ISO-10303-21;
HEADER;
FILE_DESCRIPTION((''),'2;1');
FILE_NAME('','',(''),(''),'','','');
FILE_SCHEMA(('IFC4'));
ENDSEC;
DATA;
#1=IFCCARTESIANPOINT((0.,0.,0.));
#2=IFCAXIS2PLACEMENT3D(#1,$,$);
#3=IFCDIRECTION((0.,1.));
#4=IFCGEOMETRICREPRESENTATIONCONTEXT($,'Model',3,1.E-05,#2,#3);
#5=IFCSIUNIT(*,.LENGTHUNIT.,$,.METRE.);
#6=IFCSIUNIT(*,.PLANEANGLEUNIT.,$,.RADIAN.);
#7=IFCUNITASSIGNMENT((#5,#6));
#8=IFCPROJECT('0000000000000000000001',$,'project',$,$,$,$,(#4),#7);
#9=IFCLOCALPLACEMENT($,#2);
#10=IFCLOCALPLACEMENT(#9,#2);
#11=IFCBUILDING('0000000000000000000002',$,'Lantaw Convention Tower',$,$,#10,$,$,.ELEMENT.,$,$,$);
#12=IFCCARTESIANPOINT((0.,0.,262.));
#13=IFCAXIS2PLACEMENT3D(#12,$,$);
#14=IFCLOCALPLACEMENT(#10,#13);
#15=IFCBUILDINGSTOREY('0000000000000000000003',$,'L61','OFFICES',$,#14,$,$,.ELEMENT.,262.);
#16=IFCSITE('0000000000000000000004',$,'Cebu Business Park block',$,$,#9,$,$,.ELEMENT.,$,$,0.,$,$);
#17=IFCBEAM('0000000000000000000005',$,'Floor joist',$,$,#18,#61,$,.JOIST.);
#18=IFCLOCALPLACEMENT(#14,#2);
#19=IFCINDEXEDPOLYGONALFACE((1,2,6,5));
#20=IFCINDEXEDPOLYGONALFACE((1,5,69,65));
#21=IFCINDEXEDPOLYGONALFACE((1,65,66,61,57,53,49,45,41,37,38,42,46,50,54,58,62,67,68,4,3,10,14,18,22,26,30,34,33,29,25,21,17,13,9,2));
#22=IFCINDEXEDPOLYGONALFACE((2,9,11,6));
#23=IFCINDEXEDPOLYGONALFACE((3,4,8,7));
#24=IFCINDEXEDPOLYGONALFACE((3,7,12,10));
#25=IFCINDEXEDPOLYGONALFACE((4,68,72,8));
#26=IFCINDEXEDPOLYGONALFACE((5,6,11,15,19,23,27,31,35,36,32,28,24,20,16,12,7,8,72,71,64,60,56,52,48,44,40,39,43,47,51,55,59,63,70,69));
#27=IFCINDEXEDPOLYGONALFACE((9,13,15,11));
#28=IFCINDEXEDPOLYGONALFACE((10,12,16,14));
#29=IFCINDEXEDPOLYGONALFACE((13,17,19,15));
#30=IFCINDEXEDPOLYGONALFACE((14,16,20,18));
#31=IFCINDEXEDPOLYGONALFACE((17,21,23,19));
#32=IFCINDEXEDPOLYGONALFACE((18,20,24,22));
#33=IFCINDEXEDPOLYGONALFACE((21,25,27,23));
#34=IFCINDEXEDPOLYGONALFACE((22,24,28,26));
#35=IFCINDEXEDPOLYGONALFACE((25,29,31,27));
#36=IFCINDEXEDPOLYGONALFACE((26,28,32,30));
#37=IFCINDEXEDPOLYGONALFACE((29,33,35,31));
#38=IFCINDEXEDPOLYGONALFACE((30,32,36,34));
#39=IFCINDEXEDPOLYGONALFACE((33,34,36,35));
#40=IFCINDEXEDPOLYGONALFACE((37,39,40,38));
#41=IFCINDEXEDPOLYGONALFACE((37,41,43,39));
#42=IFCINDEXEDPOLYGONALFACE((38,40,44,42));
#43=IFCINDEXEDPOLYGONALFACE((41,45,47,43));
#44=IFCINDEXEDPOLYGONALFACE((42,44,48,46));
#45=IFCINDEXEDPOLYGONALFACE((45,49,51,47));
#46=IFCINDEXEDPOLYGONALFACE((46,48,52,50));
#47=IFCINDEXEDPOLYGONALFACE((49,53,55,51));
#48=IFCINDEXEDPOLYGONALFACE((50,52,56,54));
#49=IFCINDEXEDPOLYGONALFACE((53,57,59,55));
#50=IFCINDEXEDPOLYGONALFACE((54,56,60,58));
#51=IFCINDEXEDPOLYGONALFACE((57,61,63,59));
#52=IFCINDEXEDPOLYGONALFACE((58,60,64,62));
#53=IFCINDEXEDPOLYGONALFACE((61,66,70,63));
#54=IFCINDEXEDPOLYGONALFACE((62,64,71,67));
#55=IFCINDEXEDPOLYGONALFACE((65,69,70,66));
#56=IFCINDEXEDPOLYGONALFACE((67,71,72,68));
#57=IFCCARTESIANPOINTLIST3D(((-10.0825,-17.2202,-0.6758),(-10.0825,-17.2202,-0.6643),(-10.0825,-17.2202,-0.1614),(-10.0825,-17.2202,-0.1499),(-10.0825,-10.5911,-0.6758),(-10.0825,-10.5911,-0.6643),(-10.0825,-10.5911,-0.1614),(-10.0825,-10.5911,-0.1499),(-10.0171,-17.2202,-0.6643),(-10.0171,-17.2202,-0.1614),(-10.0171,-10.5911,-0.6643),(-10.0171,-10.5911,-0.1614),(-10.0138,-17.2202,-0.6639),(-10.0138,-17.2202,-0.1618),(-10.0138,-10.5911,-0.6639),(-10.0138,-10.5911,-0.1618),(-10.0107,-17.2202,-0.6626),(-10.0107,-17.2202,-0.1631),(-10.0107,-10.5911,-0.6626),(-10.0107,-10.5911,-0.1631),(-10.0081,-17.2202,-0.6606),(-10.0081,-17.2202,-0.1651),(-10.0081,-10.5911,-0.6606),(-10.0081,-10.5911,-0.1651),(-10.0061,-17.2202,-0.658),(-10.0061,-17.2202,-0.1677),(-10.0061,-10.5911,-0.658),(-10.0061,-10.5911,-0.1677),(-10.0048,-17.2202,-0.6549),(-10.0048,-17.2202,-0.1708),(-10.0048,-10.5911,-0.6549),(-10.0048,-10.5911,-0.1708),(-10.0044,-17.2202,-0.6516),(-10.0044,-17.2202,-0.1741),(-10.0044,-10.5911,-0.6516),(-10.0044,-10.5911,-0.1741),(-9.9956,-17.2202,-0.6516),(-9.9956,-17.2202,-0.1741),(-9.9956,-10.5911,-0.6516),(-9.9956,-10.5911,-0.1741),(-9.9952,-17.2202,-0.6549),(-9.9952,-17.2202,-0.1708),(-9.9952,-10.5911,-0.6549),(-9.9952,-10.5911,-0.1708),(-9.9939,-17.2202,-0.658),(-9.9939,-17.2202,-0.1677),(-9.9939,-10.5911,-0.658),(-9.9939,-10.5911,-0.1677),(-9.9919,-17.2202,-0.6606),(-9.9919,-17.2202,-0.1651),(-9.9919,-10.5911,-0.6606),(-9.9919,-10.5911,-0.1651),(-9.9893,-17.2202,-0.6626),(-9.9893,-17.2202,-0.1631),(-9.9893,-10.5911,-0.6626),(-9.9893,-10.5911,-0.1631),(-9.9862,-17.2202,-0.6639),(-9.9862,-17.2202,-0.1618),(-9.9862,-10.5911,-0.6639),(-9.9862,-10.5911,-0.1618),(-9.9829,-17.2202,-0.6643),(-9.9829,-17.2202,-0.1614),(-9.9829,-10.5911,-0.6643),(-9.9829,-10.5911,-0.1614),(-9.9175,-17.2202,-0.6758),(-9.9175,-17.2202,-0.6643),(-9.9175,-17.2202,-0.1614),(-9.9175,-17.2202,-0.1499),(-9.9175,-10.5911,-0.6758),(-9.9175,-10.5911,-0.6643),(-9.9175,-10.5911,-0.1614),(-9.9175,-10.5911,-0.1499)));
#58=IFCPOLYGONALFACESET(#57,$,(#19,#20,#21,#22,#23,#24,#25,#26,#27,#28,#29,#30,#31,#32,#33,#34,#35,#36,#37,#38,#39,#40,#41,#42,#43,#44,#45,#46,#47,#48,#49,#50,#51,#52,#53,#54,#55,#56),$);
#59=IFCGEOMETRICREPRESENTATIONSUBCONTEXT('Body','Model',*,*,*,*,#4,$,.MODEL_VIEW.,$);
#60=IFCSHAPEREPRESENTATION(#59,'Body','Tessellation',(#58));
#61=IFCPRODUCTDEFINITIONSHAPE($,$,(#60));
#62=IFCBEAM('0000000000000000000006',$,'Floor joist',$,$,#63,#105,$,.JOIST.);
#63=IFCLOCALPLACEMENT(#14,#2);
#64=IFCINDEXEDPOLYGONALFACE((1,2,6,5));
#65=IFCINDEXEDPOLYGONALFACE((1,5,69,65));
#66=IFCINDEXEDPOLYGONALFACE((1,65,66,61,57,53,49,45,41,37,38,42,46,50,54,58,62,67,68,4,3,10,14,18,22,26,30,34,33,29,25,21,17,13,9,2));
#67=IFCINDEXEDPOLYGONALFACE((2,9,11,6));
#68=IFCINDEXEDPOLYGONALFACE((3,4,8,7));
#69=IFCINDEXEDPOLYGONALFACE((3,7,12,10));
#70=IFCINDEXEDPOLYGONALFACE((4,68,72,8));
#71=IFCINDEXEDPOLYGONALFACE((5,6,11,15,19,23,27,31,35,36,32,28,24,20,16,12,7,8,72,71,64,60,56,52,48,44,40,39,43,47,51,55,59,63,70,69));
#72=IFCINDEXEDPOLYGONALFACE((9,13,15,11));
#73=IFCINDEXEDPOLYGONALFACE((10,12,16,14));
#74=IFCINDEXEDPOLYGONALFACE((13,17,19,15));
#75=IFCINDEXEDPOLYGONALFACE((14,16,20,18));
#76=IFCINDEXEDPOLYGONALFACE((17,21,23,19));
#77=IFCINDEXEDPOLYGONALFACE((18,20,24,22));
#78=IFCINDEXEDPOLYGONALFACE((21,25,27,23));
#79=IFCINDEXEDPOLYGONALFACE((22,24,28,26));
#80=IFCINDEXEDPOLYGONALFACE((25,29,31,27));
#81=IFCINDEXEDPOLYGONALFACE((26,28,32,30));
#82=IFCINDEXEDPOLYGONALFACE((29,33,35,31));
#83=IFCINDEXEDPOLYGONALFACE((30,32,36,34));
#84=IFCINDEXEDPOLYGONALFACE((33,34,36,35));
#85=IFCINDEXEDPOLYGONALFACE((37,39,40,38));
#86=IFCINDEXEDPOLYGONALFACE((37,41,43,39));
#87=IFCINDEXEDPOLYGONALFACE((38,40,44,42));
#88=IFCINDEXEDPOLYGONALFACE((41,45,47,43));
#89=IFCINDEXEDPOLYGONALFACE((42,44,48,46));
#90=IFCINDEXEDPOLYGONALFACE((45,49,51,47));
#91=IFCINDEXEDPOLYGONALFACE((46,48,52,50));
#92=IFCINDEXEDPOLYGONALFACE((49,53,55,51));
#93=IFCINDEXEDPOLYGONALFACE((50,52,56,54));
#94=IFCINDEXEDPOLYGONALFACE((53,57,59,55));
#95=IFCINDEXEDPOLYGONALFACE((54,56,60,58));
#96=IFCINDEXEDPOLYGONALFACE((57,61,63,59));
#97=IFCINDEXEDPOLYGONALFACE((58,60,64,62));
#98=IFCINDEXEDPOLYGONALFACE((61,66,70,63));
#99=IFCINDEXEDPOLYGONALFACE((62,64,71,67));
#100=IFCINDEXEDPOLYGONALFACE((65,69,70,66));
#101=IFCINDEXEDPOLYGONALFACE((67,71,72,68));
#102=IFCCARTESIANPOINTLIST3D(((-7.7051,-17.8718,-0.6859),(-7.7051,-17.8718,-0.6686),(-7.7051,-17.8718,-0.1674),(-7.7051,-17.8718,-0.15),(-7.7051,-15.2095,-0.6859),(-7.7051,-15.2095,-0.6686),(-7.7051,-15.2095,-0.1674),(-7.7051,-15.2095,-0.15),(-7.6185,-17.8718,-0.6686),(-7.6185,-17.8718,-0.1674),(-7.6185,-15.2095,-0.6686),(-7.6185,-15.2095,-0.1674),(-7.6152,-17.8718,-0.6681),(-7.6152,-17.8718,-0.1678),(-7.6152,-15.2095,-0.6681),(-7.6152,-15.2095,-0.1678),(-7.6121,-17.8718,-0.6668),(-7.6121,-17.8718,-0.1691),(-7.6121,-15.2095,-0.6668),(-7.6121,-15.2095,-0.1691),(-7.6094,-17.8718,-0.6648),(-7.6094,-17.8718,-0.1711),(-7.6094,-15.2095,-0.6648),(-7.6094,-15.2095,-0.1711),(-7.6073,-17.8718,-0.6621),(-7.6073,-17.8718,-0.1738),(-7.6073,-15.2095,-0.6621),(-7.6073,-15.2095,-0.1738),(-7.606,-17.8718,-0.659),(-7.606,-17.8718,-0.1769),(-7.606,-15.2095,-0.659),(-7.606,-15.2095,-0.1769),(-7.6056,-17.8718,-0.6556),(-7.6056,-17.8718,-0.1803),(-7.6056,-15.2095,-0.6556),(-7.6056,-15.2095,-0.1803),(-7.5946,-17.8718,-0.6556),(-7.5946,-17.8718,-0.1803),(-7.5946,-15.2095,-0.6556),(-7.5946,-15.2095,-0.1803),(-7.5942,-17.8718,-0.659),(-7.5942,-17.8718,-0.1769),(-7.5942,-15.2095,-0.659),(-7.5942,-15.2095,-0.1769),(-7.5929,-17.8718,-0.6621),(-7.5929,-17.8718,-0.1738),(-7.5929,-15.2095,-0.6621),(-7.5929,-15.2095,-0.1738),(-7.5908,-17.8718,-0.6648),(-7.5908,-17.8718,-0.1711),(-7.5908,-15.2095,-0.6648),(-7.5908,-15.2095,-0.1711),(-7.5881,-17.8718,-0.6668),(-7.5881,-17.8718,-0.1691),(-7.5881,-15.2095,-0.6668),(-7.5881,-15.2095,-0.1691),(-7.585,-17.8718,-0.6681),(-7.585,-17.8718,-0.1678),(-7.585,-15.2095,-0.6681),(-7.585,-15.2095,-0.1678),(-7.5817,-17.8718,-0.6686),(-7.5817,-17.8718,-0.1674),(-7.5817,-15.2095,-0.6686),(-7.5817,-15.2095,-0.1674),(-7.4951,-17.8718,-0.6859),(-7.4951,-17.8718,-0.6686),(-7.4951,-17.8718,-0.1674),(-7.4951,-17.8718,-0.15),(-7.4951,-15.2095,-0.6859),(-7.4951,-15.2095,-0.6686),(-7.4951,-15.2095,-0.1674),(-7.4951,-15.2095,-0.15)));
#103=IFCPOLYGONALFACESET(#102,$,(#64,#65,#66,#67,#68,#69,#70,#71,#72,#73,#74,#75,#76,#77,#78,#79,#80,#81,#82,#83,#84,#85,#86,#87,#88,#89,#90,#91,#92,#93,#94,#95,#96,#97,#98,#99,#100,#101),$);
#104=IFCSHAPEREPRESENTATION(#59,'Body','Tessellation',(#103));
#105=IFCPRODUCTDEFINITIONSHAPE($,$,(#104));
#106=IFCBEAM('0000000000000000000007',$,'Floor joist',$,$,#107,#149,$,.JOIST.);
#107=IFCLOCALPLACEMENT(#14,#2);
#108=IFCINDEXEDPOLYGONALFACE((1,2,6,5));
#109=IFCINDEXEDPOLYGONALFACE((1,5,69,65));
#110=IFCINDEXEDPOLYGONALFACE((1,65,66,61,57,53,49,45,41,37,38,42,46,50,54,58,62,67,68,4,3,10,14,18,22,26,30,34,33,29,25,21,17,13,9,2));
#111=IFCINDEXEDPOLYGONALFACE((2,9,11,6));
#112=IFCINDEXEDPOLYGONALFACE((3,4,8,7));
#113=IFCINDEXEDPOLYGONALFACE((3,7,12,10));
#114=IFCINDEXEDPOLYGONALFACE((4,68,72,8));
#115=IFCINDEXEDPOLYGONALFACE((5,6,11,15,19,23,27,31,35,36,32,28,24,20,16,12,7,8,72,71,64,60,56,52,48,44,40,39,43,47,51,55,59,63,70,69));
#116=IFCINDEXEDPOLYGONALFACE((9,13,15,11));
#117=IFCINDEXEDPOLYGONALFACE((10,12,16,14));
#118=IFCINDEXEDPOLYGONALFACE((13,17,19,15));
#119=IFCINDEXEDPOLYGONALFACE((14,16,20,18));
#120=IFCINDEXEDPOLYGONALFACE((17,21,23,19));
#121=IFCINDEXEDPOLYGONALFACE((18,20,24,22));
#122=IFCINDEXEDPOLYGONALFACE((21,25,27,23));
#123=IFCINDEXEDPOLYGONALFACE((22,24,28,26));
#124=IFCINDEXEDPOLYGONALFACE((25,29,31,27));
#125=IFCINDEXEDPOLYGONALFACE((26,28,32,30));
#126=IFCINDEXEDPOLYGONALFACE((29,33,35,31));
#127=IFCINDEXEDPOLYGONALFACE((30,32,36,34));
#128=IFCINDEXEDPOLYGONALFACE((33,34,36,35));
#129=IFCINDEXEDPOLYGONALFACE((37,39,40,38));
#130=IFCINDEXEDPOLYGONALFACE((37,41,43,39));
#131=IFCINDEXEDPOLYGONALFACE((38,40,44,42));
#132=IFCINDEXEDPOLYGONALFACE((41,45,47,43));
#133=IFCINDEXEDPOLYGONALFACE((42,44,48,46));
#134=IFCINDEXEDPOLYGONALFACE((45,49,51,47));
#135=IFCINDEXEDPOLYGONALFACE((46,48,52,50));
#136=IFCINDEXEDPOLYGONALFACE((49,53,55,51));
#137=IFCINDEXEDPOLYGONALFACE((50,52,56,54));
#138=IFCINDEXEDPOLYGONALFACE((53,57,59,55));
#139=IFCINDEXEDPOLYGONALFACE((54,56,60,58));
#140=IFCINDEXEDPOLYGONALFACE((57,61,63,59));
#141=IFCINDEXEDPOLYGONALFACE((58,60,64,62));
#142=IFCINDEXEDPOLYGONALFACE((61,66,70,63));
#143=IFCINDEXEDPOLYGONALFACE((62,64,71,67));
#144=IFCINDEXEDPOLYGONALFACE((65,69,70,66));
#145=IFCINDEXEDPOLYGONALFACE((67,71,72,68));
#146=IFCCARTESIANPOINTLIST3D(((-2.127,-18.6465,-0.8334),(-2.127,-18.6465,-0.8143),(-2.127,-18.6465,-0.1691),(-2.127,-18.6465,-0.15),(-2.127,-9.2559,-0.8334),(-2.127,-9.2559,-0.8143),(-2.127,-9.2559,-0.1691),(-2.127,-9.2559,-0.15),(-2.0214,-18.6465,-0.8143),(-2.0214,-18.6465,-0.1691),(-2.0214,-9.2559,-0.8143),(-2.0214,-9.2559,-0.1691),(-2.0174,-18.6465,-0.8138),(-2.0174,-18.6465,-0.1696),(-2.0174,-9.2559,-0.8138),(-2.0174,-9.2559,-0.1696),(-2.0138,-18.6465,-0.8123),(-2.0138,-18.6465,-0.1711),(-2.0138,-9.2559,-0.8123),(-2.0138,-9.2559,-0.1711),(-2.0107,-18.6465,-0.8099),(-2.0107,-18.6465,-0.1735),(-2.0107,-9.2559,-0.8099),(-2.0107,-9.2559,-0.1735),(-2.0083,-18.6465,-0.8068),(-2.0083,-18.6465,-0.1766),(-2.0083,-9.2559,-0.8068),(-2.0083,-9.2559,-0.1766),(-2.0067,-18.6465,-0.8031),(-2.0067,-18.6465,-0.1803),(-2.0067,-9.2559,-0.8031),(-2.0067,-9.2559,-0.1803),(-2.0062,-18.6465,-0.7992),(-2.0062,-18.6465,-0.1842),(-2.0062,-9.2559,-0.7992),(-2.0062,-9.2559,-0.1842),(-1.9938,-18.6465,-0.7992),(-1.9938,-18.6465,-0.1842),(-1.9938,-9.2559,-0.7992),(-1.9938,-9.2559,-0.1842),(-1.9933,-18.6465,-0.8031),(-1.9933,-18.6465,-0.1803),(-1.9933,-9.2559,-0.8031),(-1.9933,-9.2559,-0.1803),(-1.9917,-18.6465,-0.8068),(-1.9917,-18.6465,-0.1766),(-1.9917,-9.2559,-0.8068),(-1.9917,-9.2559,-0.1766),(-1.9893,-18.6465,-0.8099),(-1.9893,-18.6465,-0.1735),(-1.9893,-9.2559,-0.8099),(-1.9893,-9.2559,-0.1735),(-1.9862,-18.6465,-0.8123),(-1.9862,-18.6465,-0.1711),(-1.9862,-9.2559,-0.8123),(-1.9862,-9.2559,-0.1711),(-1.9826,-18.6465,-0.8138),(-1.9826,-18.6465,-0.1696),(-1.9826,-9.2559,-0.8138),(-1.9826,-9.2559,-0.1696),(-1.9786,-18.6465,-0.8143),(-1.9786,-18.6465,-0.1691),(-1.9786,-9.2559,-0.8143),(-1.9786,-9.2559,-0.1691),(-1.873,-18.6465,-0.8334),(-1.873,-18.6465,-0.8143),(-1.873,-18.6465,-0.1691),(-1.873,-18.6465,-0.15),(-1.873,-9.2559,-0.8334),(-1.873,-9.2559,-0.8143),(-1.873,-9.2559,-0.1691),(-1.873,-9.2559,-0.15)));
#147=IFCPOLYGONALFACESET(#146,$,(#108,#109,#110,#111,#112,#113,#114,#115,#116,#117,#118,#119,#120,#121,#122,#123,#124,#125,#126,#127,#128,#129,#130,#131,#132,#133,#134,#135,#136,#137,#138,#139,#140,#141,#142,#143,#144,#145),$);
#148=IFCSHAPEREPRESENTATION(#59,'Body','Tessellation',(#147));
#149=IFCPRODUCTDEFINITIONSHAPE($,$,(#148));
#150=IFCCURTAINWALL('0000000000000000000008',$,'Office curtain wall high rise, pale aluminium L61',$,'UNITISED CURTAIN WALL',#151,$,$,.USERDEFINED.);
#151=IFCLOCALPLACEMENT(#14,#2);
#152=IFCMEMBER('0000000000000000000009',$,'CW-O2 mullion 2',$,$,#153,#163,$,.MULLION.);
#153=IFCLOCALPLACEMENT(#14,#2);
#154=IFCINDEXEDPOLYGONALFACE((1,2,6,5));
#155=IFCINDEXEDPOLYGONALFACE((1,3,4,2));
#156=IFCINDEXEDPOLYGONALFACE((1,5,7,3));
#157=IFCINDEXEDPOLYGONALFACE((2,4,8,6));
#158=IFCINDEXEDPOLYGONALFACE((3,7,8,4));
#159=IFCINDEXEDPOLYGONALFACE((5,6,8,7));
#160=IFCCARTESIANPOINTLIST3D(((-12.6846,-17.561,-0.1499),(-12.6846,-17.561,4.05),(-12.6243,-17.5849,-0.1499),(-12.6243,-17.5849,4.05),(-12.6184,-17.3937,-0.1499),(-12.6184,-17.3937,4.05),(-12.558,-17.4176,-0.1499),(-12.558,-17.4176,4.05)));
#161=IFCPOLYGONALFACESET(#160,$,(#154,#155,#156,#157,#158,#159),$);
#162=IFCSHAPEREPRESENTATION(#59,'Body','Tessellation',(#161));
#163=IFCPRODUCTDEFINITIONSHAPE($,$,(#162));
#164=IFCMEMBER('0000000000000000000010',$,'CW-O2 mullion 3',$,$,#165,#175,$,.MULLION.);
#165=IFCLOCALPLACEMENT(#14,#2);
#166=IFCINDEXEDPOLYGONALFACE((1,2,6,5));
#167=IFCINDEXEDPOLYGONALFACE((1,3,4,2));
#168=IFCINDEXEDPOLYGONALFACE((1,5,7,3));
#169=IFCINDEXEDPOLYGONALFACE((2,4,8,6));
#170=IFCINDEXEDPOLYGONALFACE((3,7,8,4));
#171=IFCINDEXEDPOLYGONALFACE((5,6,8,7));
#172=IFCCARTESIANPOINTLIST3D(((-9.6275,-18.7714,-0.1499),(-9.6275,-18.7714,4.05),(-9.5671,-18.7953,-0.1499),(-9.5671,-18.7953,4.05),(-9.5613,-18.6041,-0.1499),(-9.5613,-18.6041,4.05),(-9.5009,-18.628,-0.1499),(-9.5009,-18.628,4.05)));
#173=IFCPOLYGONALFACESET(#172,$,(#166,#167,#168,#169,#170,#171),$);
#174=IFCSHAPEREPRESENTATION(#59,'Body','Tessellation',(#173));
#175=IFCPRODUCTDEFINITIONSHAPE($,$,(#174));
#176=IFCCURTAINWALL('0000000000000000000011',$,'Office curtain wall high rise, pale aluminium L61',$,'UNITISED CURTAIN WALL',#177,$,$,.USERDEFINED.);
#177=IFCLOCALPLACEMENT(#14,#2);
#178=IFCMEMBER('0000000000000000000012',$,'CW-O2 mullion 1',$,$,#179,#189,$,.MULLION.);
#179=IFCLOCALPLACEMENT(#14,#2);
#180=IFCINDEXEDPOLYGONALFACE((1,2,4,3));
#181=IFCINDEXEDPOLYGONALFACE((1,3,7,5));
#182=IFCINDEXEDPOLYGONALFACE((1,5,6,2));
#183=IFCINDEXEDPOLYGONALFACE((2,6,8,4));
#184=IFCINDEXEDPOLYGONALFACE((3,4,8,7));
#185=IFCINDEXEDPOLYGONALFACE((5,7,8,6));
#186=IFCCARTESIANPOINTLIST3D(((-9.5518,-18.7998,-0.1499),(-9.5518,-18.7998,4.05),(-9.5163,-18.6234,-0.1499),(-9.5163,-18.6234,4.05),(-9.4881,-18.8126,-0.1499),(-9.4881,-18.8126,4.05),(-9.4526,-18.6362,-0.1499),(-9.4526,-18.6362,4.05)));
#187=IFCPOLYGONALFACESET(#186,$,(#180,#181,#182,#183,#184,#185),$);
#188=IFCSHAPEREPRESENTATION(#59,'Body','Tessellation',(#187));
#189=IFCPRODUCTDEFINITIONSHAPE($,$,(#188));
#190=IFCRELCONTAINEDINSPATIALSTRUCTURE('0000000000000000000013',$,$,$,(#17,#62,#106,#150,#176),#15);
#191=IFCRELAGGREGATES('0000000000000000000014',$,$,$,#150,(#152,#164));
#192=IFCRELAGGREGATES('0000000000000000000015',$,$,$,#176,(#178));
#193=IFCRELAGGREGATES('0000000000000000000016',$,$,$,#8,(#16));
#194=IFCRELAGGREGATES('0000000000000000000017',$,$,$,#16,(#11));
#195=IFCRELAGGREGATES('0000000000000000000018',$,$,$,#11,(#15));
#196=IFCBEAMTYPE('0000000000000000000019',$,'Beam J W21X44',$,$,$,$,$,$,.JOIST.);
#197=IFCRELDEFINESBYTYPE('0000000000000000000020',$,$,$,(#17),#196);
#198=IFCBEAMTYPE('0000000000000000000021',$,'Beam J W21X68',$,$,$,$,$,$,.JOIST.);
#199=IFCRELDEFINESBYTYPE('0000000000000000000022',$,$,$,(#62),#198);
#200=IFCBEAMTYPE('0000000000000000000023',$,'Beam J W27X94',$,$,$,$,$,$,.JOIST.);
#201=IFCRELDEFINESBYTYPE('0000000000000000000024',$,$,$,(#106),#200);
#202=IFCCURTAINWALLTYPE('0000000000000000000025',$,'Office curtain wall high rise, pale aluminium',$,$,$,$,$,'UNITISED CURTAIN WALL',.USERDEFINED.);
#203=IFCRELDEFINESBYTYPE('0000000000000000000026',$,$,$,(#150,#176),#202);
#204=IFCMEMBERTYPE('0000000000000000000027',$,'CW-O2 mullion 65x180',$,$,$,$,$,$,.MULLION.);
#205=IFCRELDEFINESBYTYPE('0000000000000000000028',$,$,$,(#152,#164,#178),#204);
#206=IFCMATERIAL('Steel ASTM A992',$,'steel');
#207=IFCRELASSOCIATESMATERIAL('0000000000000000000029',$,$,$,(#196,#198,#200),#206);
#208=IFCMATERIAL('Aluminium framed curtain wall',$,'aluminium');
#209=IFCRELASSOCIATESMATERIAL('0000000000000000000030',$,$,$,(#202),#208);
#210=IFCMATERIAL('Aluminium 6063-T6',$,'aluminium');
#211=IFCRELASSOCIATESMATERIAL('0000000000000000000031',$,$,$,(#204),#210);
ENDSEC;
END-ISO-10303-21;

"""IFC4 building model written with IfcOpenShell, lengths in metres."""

from ifc_helpers import new_model, si_unit, direction, frame, origin, origin_2d, place, context, subcontext, project, spatial, rectangle, i_section, extrude, material, material_profile, profile_set, type_object, element, aggregate, save


model = new_model("IFC4")

# Units and contexts
model_context = context("Model", 3, precision=1e-05, world=origin(), true_north=direction((0.0, 1.0)))
body_context = subcontext(model_context, "Body", "Model", "MODEL_VIEW")
ifc_project = project(units=[si_unit("LENGTHUNIT", "METRE"), si_unit("PLANEANGLEUNIT", "RADIAN")], contexts=[model_context])

# Site, building, storey
site_placement = place(None, origin())
site = spatial("IfcSite", under=ifc_project, at=site_placement, Name="Cebu Business Park block", CompositionType="ELEMENT", RefElevation=0.0)
building_placement = place(site_placement, origin())
building = spatial("IfcBuilding", under=site, at=building_placement, Name="Lantaw Convention Tower", CompositionType="ELEMENT")
storey_placement = place(building_placement, frame((0.0, 0.0, 262.0)))
storey = spatial("IfcBuildingStorey", under=building, at=storey_placement, Name="L61", Description="OFFICES", CompositionType="ELEMENT", Elevation=262.0)

# Beams
ifc_material_1 = material(Name="Steel ASTM A992", Category="steel")
ifc_material_profile_1 = material_profile(ifc_material_1, i_section(OverallWidth=0.165, OverallDepth=0.5259, WebThickness=0.0088, FlangeThickness=0.0115, FilletRadius=0.0127, at=origin_2d()), Name="W21X44")
ifc_profile_set_1 = profile_set([ifc_material_profile_1], Name="Steel ASTM A992")
beam_type_1 = type_object("IfcBeamType", Name="Beam J W21X44", PredefinedType="JOIST", material=ifc_profile_set_1)
beam_1_placement = place(storey_placement, frame((-10.0, -17.2202, -0.4128), z_axis=(0.0, 1.0, 0.0), x_axis=(-1.0, 0.0, 0.0)))
element("IfcBeam", 1, at=beam_1_placement, inside=storey, type_object=beam_type_1, Name="Floor joist", PredefinedType="JOIST", context=body_context, shape_type="SweptSolid", body=[
    extrude(i_section(OverallWidth=0.165, OverallDepth=0.5259, WebThickness=0.0088, FlangeThickness=0.0115, FilletRadius=0.0127, at=origin_2d()), origin(), (0.0, 0.0, 1.0), 6.6292),
])
ifc_material_profile_2 = material_profile(ifc_material_1, i_section(OverallWidth=0.21, OverallDepth=0.5359, WebThickness=0.011, FlangeThickness=0.0173, FilletRadius=0.0129, at=origin_2d()), Name="W21X68")
ifc_profile_set_2 = profile_set([ifc_material_profile_2], Name="Steel ASTM A992")
beam_type_2 = type_object("IfcBeamType", Name="Beam J W21X68", PredefinedType="JOIST", material=ifc_profile_set_2)
beam_2_placement = place(storey_placement, frame((-7.6001, -17.8718, -0.418), z_axis=(0.0, 1.0, 0.0), x_axis=(-1.0, 0.0, 0.0)))
element("IfcBeam", 2, at=beam_2_placement, inside=storey, type_object=beam_type_2, Name="Floor joist", PredefinedType="JOIST", context=body_context, shape_type="SweptSolid", body=[
    extrude(i_section(OverallWidth=0.21, OverallDepth=0.5359, WebThickness=0.011, FlangeThickness=0.0173, FilletRadius=0.0129, at=origin_2d()), origin(), (0.0, 0.0, 1.0), 2.6624),
])
ifc_material_profile_3 = material_profile(ifc_material_1, i_section(OverallWidth=0.2539, OverallDepth=0.6833, WebThickness=0.0125, FlangeThickness=0.019, FilletRadius=0.0151, at=origin_2d()), Name="W27X94")
ifc_profile_set_3 = profile_set([ifc_material_profile_3], Name="Steel ASTM A992")
beam_type_3 = type_object("IfcBeamType", Name="Beam J W27X94", PredefinedType="JOIST", material=ifc_profile_set_3)
beam_3_placement = place(storey_placement, frame((-2.0, -18.6465, -0.4917), z_axis=(0.0, 1.0, 0.0), x_axis=(-1.0, 0.0, 0.0)))
element("IfcBeam", 3, at=beam_3_placement, inside=storey, type_object=beam_type_3, Name="Floor joist", PredefinedType="JOIST", context=body_context, shape_type="SweptSolid", body=[
    extrude(i_section(OverallWidth=0.2539, OverallDepth=0.6833, WebThickness=0.0125, FlangeThickness=0.019, FilletRadius=0.0151, at=origin_2d()), origin(), (0.0, 0.0, 1.0), 9.3906),
])

# Curtain walls, members
ifc_material_2 = material(Name="Aluminium framed curtain wall", Category="aluminium")
curtain_wall_type = type_object("IfcCurtainWallType", Name="Office curtain wall high rise, pale aluminium", ElementType="UNITISED CURTAIN WALL", PredefinedType="USERDEFINED", material=ifc_material_2)
curtain_wall_1_placement = place(storey_placement, origin())
curtain_wall_1 = element("IfcCurtainWall", 4, at=curtain_wall_1_placement, inside=storey, type_object=curtain_wall_type, Name="Office curtain wall high rise, pale aluminium L61", ObjectType="UNITISED CURTAIN WALL", PredefinedType="USERDEFINED")
ifc_material_3 = material(Name="Aluminium 6063-T6", Category="aluminium")
ifc_material_profile_4 = material_profile(ifc_material_3, rectangle(XDim=0.1799, YDim=0.0649, at=origin_2d()), Name="CW-O2 mullion 65x180")
ifc_profile_set_4 = profile_set([ifc_material_profile_4], Name="Aluminium 6063-T6")
member_type_1 = type_object("IfcMemberType", Name="CW-O2 mullion 65x180", PredefinedType="MULLION", material=ifc_profile_set_4)
member_1_placement = place(storey_placement, frame((-12.6213, -17.4893, -0.1499), z_axis=(0.0, 0.0, 1.0), x_axis=(0.368162, 0.929762, 0.0)))
member_1 = element("IfcMember", 5, at=member_1_placement, type_object=member_type_1, Name="CW-O2 mullion 2", PredefinedType="MULLION", context=body_context, shape_type="SweptSolid", body=[
    extrude(rectangle(XDim=0.1799, YDim=0.0649, at=origin_2d()), origin(), (0.0, 0.0, 1.0), 4.2),
])
member_2_placement = place(storey_placement, frame((-9.5642, -18.6997, -0.1499), z_axis=(0.0, 0.0, 1.0), x_axis=(0.368162, 0.929762, 0.0)))
member_2 = element("IfcMember", 6, at=member_2_placement, type_object=member_type_1, Name="CW-O2 mullion 3", PredefinedType="MULLION", context=body_context, shape_type="SweptSolid", body=[
    extrude(rectangle(XDim=0.1799, YDim=0.0649, at=origin_2d()), origin(), (0.0, 0.0, 1.0), 4.2),
])
curtain_wall_2_placement = place(storey_placement, origin())
curtain_wall_2 = element("IfcCurtainWall", 7, at=curtain_wall_2_placement, inside=storey, type_object=curtain_wall_type, Name="Office curtain wall high rise, pale aluminium L61", ObjectType="UNITISED CURTAIN WALL", PredefinedType="USERDEFINED")
member_3_placement = place(storey_placement, frame((-9.5022, -18.718, -0.1499), z_axis=(0.0, 0.0, 1.0), x_axis=(0.197183, 0.980367, 0.0)))
member_3 = element("IfcMember", 8, at=member_3_placement, type_object=member_type_1, Name="CW-O2 mullion 1", PredefinedType="MULLION", context=body_context, shape_type="SweptSolid", body=[
    extrude(rectangle(XDim=0.1799, YDim=0.0649, at=origin_2d()), origin(), (0.0, 0.0, 1.0), 4.2),
])

aggregate(curtain_wall_1, [member_1, member_2])
aggregate(curtain_wall_2, [member_3])

save(model, "model.ifc")
